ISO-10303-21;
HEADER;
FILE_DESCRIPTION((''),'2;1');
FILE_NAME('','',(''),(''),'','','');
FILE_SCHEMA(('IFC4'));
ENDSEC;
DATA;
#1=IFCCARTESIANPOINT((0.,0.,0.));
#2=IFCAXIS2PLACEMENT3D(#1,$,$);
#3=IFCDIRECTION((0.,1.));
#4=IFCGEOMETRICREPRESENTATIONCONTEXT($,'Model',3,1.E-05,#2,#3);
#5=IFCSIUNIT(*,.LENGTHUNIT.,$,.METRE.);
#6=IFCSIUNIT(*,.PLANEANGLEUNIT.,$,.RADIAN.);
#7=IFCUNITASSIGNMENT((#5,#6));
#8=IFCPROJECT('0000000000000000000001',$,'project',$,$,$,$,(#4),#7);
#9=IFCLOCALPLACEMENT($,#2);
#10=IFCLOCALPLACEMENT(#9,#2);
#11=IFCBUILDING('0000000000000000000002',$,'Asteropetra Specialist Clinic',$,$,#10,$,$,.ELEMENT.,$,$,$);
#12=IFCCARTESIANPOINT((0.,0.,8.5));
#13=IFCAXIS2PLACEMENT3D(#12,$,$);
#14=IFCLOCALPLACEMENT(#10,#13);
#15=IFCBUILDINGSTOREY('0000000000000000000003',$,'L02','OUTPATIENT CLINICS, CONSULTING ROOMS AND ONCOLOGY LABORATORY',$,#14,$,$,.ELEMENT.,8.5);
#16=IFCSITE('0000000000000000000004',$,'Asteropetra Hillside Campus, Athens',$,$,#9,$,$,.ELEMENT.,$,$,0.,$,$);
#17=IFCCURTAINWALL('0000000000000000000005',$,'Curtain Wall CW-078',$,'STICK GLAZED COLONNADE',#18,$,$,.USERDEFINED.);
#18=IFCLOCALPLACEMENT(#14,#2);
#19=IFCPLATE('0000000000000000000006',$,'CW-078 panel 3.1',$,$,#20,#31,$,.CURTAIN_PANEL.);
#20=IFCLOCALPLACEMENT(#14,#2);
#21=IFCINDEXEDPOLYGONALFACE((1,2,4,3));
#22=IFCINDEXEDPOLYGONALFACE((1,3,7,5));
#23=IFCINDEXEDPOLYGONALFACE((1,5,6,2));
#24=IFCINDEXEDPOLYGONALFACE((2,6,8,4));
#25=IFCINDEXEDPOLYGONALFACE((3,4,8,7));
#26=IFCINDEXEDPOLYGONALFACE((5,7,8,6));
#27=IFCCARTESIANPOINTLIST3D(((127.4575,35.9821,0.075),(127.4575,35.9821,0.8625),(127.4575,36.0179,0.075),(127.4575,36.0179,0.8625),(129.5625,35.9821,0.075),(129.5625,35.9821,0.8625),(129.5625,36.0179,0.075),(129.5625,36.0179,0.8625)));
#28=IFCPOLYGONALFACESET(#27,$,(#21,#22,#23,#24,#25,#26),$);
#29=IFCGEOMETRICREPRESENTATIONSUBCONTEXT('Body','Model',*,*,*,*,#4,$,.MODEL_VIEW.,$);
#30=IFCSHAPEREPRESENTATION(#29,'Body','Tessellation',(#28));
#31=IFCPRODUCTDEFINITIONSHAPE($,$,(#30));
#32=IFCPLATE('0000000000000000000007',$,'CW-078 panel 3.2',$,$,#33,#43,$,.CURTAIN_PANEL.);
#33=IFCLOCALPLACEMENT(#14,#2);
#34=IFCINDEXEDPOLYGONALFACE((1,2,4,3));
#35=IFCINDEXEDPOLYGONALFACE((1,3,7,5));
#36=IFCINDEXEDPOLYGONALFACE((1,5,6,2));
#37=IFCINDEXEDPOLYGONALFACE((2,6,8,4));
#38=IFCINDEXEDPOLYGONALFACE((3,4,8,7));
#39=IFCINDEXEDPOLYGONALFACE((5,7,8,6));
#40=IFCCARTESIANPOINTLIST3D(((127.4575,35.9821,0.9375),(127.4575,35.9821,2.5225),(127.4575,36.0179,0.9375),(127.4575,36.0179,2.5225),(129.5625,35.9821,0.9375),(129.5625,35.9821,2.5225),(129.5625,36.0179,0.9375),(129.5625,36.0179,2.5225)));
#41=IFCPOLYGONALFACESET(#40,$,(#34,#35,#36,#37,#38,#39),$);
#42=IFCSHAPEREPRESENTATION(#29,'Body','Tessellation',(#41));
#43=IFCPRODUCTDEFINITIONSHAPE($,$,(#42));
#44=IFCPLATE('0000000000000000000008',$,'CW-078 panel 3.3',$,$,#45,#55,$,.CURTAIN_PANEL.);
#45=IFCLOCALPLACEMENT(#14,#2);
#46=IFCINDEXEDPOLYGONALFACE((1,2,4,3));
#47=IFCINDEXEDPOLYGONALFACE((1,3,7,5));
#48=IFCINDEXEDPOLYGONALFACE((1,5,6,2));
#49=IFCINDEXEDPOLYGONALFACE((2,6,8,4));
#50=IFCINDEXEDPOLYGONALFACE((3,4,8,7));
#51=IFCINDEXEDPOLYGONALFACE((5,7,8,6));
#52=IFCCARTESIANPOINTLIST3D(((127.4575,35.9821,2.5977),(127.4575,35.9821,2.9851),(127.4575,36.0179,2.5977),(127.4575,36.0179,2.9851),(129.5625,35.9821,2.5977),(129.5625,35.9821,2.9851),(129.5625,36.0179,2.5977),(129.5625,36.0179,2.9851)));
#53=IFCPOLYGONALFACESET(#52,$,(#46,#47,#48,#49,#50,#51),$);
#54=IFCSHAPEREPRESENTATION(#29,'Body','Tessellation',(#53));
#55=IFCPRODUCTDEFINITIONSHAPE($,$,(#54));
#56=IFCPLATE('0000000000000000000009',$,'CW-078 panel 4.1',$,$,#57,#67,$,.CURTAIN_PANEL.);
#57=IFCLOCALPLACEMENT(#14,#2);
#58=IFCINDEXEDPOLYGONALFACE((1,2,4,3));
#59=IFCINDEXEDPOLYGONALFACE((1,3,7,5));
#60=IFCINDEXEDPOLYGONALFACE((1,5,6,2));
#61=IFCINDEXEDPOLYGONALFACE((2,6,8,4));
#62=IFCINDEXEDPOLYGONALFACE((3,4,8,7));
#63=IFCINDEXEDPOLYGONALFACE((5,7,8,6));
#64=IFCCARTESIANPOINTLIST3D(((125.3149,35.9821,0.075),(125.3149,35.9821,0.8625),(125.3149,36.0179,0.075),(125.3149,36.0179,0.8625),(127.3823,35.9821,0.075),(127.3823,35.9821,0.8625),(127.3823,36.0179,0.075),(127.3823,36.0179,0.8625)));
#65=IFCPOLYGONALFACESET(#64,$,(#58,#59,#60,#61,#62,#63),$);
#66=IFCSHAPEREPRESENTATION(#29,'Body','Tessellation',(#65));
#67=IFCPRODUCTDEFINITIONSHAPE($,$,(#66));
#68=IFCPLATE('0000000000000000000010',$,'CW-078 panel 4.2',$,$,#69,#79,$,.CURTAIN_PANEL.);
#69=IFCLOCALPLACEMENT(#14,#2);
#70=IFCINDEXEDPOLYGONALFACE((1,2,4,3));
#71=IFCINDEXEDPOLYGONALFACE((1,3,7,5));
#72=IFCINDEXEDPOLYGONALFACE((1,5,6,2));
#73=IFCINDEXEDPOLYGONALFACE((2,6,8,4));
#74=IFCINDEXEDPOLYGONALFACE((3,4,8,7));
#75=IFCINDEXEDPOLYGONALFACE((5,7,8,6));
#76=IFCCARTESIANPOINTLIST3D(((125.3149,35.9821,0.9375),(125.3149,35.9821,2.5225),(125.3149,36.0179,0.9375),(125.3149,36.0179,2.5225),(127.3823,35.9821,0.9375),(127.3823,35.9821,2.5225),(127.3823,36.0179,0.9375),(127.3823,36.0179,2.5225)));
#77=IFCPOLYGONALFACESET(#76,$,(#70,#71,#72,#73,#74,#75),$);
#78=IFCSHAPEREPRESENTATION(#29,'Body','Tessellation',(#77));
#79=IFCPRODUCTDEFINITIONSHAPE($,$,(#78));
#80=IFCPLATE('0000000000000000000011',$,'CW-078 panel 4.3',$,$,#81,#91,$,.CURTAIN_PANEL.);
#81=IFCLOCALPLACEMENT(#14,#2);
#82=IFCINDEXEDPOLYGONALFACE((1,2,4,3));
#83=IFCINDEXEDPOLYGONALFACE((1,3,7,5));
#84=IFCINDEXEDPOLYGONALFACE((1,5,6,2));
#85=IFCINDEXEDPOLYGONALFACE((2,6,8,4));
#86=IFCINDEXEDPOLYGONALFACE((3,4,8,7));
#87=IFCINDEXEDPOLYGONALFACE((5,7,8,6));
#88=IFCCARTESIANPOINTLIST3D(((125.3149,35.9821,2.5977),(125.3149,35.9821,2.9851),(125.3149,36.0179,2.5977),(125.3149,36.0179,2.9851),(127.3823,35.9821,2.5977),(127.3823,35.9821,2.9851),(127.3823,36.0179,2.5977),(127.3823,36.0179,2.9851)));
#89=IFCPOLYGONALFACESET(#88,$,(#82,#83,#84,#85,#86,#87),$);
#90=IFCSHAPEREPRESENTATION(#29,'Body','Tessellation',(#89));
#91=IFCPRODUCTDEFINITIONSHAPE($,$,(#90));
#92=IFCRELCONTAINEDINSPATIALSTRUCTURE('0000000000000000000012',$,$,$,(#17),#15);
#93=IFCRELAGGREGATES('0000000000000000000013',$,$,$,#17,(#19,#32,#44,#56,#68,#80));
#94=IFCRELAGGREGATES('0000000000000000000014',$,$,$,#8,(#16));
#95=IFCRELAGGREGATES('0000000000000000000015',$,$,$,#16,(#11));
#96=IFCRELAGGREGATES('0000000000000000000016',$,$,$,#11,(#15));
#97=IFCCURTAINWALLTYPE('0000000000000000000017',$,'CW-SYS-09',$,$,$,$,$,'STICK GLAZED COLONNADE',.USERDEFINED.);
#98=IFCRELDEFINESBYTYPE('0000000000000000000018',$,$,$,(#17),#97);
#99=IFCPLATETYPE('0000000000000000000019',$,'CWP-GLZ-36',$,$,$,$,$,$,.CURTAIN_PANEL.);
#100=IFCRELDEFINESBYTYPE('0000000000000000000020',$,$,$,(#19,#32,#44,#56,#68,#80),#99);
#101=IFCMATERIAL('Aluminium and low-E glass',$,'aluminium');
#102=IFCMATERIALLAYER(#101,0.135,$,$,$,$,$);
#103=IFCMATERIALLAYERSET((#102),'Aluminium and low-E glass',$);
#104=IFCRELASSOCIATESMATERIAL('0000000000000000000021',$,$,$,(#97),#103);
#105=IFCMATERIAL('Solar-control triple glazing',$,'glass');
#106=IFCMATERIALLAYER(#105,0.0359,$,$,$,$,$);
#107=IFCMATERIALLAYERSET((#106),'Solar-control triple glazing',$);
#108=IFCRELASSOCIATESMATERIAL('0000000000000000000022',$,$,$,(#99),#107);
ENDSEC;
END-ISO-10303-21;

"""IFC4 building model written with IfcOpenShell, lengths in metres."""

from ifc_helpers import new_model, si_unit, direction, frame, origin, origin_2d, place, context, subcontext, project, spatial, rectangle, extrude, material, layer, layer_set, type_object, element, aggregate, save


model = new_model("IFC4")

# Units and contexts
model_context = context("Model", 3, precision=1e-05, world=origin(), true_north=direction((0.0, 1.0)))
body_context = subcontext(model_context, "Body", "Model", "MODEL_VIEW")
ifc_project = project(units=[si_unit("LENGTHUNIT", "METRE"), si_unit("PLANEANGLEUNIT", "RADIAN")], contexts=[model_context])

# Site, building, storey
site_placement = place(None, origin())
site = spatial("IfcSite", under=ifc_project, at=site_placement, Name="Asteropetra Hillside Campus, Athens", CompositionType="ELEMENT", RefElevation=0.0)
building_placement = place(site_placement, origin())
building = spatial("IfcBuilding", under=site, at=building_placement, Name="Asteropetra Specialist Clinic", CompositionType="ELEMENT")
storey_placement = place(building_placement, frame((0.0, 0.0, 8.5)))
storey = spatial("IfcBuildingStorey", under=building, at=storey_placement, Name="L02", Description="OUTPATIENT CLINICS, CONSULTING ROOMS AND ONCOLOGY LABORATORY", CompositionType="ELEMENT", Elevation=8.5)

# Curtain wall
ifc_material_1 = material(Name="Aluminium and low-E glass", Category="aluminium")
ifc_layer_1 = layer(ifc_material_1, 0.135)
ifc_layer_set_1 = layer_set([ifc_layer_1], Name="Aluminium and low-E glass")
curtain_wall_type_1 = type_object("IfcCurtainWallType", Name="CW-SYS-09", ElementType="STICK GLAZED COLONNADE", PredefinedType="USERDEFINED", material=ifc_layer_set_1)
curtain_wall_1_placement = place(storey_placement, origin())
curtain_wall_1 = element("IfcCurtainWall", 1, at=curtain_wall_1_placement, inside=storey, type_object=curtain_wall_type_1, Name="Curtain Wall CW-078", ObjectType="STICK GLAZED COLONNADE", PredefinedType="USERDEFINED")

# Plates
ifc_material_2 = material(Name="Solar-control triple glazing", Category="glass")
ifc_layer_2 = layer(ifc_material_2, 0.0359)
ifc_layer_set_2 = layer_set([ifc_layer_2], Name="Solar-control triple glazing")
plate_type = type_object("IfcPlateType", Name="CWP-GLZ-36", PredefinedType="CURTAIN_PANEL", material=ifc_layer_set_2)
plate_1_placement = place(storey_placement, frame((128.51, 36.0, 0.075), z_axis=(0.0, 0.0, 1.0), x_axis=(-1.0, 0.0, 0.0)))
plate_1 = element("IfcPlate", 2, at=plate_1_placement, type_object=plate_type, Name="CW-078 panel 3.1", PredefinedType="CURTAIN_PANEL", context=body_context, shape_type="SweptSolid", body=[
    extrude(rectangle(XDim=2.105, YDim=0.0359, at=origin_2d()), origin(), (0.0, 0.0, 1.0), 0.7876),
])
plate_2_placement = place(storey_placement, frame((128.51, 36.0, 0.9375), z_axis=(0.0, 0.0, 1.0), x_axis=(-1.0, 0.0, 0.0)))
plate_2 = element("IfcPlate", 3, at=plate_2_placement, type_object=plate_type, Name="CW-078 panel 3.2", PredefinedType="CURTAIN_PANEL", context=body_context, shape_type="SweptSolid", body=[
    extrude(rectangle(XDim=2.105, YDim=0.0359, at=origin_2d()), origin(), (0.0, 0.0, 1.0), 1.585),
])
plate_3_placement = place(storey_placement, frame((128.51, 36.0, 2.5977), z_axis=(0.0, 0.0, 1.0), x_axis=(-1.0, 0.0, 0.0)))
plate_3 = element("IfcPlate", 4, at=plate_3_placement, type_object=plate_type, Name="CW-078 panel 3.3", PredefinedType="CURTAIN_PANEL", context=body_context, shape_type="SweptSolid", body=[
    extrude(rectangle(XDim=2.105, YDim=0.0359, at=origin_2d()), origin(), (0.0, 0.0, 1.0), 0.3875),
])
plate_4_placement = place(storey_placement, frame((126.3486, 36.0, 0.075), z_axis=(0.0, 0.0, 1.0), x_axis=(-1.0, 0.0, 0.0)))
plate_4 = element("IfcPlate", 5, at=plate_4_placement, type_object=plate_type, Name="CW-078 panel 4.1", PredefinedType="CURTAIN_PANEL", context=body_context, shape_type="SweptSolid", body=[
    extrude(rectangle(XDim=2.0674, YDim=0.0359, at=origin_2d()), origin(), (0.0, 0.0, 1.0), 0.7876),
])
plate_5_placement = place(storey_placement, frame((126.3486, 36.0, 0.9375), z_axis=(0.0, 0.0, 1.0), x_axis=(-1.0, 0.0, 0.0)))
plate_5 = element("IfcPlate", 6, at=plate_5_placement, type_object=plate_type, Name="CW-078 panel 4.2", PredefinedType="CURTAIN_PANEL", context=body_context, shape_type="SweptSolid", body=[
    extrude(rectangle(XDim=2.0674, YDim=0.0359, at=origin_2d()), origin(), (0.0, 0.0, 1.0), 1.585),
])
plate_6_placement = place(storey_placement, frame((126.3486, 36.0, 2.5977), z_axis=(0.0, 0.0, 1.0), x_axis=(-1.0, 0.0, 0.0)))
plate_6 = element("IfcPlate", 7, at=plate_6_placement, type_object=plate_type, Name="CW-078 panel 4.3", PredefinedType="CURTAIN_PANEL", context=body_context, shape_type="SweptSolid", body=[
    extrude(rectangle(XDim=2.0674, YDim=0.0359, at=origin_2d()), origin(), (0.0, 0.0, 1.0), 0.3875),
])
aggregate(curtain_wall_1, [plate_1, plate_2, plate_3, plate_4, plate_5, plate_6])

save(model, "model.ifc")
